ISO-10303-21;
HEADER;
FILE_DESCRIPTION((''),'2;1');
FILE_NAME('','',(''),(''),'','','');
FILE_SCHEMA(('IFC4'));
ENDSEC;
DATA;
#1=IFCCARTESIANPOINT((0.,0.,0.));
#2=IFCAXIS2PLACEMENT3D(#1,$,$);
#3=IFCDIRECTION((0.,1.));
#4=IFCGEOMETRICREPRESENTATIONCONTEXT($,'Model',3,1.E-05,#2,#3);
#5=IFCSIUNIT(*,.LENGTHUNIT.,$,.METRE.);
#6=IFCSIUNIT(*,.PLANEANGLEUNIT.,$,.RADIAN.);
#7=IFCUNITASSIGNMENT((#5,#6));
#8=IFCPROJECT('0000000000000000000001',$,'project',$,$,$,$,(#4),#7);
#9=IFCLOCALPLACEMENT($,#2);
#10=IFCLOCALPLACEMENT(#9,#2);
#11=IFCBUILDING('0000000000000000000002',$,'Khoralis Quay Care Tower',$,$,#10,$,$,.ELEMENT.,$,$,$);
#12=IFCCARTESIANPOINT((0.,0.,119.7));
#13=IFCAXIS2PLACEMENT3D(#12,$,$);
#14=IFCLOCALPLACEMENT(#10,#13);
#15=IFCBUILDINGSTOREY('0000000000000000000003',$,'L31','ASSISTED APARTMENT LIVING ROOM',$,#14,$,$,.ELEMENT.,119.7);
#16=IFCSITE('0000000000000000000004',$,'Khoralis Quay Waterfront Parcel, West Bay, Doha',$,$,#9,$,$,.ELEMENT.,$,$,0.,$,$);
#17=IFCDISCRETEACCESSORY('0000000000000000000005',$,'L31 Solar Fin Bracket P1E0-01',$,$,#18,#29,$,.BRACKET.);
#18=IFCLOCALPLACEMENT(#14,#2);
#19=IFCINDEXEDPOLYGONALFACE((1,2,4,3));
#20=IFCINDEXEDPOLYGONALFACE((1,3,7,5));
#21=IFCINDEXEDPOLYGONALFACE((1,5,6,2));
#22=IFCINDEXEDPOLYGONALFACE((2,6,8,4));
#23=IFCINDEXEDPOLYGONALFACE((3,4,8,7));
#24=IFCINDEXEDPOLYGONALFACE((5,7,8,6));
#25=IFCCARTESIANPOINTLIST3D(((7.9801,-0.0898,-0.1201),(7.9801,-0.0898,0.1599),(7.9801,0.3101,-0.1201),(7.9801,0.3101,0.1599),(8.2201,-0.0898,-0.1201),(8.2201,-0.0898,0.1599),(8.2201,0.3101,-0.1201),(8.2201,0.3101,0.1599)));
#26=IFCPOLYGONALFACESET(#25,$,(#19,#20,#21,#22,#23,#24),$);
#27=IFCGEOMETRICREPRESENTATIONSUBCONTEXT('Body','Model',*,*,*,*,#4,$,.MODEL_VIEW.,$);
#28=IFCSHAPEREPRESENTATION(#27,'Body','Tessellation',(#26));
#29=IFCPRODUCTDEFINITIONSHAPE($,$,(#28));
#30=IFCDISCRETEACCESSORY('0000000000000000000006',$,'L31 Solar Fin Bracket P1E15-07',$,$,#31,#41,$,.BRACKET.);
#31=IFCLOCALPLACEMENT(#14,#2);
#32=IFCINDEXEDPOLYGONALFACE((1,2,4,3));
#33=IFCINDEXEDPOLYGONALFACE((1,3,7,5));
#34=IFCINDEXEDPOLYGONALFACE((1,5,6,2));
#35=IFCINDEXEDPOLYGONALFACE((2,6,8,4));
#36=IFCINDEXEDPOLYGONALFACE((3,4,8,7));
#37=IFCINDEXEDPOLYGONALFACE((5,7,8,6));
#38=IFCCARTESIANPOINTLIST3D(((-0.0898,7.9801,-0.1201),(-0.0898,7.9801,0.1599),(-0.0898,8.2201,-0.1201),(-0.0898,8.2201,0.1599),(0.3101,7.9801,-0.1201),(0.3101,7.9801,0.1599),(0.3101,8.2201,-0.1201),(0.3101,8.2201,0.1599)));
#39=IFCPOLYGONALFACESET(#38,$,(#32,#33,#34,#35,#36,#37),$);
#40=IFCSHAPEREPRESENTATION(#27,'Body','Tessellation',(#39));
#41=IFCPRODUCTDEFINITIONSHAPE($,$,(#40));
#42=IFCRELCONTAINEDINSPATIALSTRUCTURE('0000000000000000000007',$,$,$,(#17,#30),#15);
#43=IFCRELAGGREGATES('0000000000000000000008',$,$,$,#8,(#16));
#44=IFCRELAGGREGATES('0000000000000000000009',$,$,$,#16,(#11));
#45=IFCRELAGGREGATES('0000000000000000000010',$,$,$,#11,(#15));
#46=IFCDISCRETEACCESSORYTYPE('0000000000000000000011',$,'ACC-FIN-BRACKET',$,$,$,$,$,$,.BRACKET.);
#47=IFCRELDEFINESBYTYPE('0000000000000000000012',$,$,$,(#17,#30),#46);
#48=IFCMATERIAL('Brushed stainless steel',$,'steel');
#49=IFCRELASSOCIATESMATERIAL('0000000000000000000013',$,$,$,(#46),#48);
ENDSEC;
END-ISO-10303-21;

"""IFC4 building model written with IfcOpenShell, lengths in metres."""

from ifc_helpers import new_model, si_unit, direction, frame, origin, origin_2d, place, context, subcontext, project, spatial, rectangle, extrude, source, transform, mapped, material, type_object, element, save


model = new_model("IFC4")

# Units and contexts
model_context = context("Model", 3, precision=1e-05, world=origin(), true_north=direction((0.0, 1.0)))
body_context = subcontext(model_context, "Body", "Model", "MODEL_VIEW")
ifc_project = project(units=[si_unit("LENGTHUNIT", "METRE"), si_unit("PLANEANGLEUNIT", "RADIAN")], contexts=[model_context])

# Site, building, storey
site_placement = place(None, origin())
site = spatial("IfcSite", under=ifc_project, at=site_placement, Name="Khoralis Quay Waterfront Parcel, West Bay, Doha", CompositionType="ELEMENT", RefElevation=0.0)
building_placement = place(site_placement, origin())
building = spatial("IfcBuilding", under=site, at=building_placement, Name="Khoralis Quay Care Tower", CompositionType="ELEMENT")
storey_placement = place(building_placement, frame((0.0, 0.0, 119.7)))
storey = spatial("IfcBuildingStorey", under=building, at=storey_placement, Name="L31", Description="ASSISTED APARTMENT LIVING ROOM", CompositionType="ELEMENT", Elevation=119.7)

# Discrete accessories
ifc_material_1 = material(Name="Brushed stainless steel", Category="steel")
discrete_accessory_type = type_object("IfcDiscreteAccessoryType", Name="ACC-FIN-BRACKET", PredefinedType="BRACKET", material=ifc_material_1)
shared_shape_1 = source(origin(), body_context, "Body", "SweptSolid", [
    extrude(rectangle(XDim=0.3999, YDim=0.24, at=origin_2d()), origin(), (0.0, 0.0, 1.0), 0.28),
])
for number, where, z_axis, x_axis, name in (
    (1, (8.1001, 0.1101, -0.1201), (0.0, 0.0, 1.0), (0.0, -1.0, 0.0), "L31 Solar Fin Bracket P1E0-01"),
    (2, (0.1101, 8.1001, -0.1201), (0.0, 0.0, 1.0), (-1.0, 0.0, 0.0), "L31 Solar Fin Bracket P1E15-07"),
):
    element("IfcDiscreteAccessory", number, at=place(storey_placement, frame(where, z_axis=z_axis, x_axis=x_axis)), inside=storey, type_object=discrete_accessory_type, Name=name, PredefinedType="BRACKET", context=body_context, shape_type="MappedRepresentation", body=[
        mapped(shared_shape_1, transform((0.0, 0.0, 0.0), scale=1.0)),
    ])

save(model, "model.ifc")
